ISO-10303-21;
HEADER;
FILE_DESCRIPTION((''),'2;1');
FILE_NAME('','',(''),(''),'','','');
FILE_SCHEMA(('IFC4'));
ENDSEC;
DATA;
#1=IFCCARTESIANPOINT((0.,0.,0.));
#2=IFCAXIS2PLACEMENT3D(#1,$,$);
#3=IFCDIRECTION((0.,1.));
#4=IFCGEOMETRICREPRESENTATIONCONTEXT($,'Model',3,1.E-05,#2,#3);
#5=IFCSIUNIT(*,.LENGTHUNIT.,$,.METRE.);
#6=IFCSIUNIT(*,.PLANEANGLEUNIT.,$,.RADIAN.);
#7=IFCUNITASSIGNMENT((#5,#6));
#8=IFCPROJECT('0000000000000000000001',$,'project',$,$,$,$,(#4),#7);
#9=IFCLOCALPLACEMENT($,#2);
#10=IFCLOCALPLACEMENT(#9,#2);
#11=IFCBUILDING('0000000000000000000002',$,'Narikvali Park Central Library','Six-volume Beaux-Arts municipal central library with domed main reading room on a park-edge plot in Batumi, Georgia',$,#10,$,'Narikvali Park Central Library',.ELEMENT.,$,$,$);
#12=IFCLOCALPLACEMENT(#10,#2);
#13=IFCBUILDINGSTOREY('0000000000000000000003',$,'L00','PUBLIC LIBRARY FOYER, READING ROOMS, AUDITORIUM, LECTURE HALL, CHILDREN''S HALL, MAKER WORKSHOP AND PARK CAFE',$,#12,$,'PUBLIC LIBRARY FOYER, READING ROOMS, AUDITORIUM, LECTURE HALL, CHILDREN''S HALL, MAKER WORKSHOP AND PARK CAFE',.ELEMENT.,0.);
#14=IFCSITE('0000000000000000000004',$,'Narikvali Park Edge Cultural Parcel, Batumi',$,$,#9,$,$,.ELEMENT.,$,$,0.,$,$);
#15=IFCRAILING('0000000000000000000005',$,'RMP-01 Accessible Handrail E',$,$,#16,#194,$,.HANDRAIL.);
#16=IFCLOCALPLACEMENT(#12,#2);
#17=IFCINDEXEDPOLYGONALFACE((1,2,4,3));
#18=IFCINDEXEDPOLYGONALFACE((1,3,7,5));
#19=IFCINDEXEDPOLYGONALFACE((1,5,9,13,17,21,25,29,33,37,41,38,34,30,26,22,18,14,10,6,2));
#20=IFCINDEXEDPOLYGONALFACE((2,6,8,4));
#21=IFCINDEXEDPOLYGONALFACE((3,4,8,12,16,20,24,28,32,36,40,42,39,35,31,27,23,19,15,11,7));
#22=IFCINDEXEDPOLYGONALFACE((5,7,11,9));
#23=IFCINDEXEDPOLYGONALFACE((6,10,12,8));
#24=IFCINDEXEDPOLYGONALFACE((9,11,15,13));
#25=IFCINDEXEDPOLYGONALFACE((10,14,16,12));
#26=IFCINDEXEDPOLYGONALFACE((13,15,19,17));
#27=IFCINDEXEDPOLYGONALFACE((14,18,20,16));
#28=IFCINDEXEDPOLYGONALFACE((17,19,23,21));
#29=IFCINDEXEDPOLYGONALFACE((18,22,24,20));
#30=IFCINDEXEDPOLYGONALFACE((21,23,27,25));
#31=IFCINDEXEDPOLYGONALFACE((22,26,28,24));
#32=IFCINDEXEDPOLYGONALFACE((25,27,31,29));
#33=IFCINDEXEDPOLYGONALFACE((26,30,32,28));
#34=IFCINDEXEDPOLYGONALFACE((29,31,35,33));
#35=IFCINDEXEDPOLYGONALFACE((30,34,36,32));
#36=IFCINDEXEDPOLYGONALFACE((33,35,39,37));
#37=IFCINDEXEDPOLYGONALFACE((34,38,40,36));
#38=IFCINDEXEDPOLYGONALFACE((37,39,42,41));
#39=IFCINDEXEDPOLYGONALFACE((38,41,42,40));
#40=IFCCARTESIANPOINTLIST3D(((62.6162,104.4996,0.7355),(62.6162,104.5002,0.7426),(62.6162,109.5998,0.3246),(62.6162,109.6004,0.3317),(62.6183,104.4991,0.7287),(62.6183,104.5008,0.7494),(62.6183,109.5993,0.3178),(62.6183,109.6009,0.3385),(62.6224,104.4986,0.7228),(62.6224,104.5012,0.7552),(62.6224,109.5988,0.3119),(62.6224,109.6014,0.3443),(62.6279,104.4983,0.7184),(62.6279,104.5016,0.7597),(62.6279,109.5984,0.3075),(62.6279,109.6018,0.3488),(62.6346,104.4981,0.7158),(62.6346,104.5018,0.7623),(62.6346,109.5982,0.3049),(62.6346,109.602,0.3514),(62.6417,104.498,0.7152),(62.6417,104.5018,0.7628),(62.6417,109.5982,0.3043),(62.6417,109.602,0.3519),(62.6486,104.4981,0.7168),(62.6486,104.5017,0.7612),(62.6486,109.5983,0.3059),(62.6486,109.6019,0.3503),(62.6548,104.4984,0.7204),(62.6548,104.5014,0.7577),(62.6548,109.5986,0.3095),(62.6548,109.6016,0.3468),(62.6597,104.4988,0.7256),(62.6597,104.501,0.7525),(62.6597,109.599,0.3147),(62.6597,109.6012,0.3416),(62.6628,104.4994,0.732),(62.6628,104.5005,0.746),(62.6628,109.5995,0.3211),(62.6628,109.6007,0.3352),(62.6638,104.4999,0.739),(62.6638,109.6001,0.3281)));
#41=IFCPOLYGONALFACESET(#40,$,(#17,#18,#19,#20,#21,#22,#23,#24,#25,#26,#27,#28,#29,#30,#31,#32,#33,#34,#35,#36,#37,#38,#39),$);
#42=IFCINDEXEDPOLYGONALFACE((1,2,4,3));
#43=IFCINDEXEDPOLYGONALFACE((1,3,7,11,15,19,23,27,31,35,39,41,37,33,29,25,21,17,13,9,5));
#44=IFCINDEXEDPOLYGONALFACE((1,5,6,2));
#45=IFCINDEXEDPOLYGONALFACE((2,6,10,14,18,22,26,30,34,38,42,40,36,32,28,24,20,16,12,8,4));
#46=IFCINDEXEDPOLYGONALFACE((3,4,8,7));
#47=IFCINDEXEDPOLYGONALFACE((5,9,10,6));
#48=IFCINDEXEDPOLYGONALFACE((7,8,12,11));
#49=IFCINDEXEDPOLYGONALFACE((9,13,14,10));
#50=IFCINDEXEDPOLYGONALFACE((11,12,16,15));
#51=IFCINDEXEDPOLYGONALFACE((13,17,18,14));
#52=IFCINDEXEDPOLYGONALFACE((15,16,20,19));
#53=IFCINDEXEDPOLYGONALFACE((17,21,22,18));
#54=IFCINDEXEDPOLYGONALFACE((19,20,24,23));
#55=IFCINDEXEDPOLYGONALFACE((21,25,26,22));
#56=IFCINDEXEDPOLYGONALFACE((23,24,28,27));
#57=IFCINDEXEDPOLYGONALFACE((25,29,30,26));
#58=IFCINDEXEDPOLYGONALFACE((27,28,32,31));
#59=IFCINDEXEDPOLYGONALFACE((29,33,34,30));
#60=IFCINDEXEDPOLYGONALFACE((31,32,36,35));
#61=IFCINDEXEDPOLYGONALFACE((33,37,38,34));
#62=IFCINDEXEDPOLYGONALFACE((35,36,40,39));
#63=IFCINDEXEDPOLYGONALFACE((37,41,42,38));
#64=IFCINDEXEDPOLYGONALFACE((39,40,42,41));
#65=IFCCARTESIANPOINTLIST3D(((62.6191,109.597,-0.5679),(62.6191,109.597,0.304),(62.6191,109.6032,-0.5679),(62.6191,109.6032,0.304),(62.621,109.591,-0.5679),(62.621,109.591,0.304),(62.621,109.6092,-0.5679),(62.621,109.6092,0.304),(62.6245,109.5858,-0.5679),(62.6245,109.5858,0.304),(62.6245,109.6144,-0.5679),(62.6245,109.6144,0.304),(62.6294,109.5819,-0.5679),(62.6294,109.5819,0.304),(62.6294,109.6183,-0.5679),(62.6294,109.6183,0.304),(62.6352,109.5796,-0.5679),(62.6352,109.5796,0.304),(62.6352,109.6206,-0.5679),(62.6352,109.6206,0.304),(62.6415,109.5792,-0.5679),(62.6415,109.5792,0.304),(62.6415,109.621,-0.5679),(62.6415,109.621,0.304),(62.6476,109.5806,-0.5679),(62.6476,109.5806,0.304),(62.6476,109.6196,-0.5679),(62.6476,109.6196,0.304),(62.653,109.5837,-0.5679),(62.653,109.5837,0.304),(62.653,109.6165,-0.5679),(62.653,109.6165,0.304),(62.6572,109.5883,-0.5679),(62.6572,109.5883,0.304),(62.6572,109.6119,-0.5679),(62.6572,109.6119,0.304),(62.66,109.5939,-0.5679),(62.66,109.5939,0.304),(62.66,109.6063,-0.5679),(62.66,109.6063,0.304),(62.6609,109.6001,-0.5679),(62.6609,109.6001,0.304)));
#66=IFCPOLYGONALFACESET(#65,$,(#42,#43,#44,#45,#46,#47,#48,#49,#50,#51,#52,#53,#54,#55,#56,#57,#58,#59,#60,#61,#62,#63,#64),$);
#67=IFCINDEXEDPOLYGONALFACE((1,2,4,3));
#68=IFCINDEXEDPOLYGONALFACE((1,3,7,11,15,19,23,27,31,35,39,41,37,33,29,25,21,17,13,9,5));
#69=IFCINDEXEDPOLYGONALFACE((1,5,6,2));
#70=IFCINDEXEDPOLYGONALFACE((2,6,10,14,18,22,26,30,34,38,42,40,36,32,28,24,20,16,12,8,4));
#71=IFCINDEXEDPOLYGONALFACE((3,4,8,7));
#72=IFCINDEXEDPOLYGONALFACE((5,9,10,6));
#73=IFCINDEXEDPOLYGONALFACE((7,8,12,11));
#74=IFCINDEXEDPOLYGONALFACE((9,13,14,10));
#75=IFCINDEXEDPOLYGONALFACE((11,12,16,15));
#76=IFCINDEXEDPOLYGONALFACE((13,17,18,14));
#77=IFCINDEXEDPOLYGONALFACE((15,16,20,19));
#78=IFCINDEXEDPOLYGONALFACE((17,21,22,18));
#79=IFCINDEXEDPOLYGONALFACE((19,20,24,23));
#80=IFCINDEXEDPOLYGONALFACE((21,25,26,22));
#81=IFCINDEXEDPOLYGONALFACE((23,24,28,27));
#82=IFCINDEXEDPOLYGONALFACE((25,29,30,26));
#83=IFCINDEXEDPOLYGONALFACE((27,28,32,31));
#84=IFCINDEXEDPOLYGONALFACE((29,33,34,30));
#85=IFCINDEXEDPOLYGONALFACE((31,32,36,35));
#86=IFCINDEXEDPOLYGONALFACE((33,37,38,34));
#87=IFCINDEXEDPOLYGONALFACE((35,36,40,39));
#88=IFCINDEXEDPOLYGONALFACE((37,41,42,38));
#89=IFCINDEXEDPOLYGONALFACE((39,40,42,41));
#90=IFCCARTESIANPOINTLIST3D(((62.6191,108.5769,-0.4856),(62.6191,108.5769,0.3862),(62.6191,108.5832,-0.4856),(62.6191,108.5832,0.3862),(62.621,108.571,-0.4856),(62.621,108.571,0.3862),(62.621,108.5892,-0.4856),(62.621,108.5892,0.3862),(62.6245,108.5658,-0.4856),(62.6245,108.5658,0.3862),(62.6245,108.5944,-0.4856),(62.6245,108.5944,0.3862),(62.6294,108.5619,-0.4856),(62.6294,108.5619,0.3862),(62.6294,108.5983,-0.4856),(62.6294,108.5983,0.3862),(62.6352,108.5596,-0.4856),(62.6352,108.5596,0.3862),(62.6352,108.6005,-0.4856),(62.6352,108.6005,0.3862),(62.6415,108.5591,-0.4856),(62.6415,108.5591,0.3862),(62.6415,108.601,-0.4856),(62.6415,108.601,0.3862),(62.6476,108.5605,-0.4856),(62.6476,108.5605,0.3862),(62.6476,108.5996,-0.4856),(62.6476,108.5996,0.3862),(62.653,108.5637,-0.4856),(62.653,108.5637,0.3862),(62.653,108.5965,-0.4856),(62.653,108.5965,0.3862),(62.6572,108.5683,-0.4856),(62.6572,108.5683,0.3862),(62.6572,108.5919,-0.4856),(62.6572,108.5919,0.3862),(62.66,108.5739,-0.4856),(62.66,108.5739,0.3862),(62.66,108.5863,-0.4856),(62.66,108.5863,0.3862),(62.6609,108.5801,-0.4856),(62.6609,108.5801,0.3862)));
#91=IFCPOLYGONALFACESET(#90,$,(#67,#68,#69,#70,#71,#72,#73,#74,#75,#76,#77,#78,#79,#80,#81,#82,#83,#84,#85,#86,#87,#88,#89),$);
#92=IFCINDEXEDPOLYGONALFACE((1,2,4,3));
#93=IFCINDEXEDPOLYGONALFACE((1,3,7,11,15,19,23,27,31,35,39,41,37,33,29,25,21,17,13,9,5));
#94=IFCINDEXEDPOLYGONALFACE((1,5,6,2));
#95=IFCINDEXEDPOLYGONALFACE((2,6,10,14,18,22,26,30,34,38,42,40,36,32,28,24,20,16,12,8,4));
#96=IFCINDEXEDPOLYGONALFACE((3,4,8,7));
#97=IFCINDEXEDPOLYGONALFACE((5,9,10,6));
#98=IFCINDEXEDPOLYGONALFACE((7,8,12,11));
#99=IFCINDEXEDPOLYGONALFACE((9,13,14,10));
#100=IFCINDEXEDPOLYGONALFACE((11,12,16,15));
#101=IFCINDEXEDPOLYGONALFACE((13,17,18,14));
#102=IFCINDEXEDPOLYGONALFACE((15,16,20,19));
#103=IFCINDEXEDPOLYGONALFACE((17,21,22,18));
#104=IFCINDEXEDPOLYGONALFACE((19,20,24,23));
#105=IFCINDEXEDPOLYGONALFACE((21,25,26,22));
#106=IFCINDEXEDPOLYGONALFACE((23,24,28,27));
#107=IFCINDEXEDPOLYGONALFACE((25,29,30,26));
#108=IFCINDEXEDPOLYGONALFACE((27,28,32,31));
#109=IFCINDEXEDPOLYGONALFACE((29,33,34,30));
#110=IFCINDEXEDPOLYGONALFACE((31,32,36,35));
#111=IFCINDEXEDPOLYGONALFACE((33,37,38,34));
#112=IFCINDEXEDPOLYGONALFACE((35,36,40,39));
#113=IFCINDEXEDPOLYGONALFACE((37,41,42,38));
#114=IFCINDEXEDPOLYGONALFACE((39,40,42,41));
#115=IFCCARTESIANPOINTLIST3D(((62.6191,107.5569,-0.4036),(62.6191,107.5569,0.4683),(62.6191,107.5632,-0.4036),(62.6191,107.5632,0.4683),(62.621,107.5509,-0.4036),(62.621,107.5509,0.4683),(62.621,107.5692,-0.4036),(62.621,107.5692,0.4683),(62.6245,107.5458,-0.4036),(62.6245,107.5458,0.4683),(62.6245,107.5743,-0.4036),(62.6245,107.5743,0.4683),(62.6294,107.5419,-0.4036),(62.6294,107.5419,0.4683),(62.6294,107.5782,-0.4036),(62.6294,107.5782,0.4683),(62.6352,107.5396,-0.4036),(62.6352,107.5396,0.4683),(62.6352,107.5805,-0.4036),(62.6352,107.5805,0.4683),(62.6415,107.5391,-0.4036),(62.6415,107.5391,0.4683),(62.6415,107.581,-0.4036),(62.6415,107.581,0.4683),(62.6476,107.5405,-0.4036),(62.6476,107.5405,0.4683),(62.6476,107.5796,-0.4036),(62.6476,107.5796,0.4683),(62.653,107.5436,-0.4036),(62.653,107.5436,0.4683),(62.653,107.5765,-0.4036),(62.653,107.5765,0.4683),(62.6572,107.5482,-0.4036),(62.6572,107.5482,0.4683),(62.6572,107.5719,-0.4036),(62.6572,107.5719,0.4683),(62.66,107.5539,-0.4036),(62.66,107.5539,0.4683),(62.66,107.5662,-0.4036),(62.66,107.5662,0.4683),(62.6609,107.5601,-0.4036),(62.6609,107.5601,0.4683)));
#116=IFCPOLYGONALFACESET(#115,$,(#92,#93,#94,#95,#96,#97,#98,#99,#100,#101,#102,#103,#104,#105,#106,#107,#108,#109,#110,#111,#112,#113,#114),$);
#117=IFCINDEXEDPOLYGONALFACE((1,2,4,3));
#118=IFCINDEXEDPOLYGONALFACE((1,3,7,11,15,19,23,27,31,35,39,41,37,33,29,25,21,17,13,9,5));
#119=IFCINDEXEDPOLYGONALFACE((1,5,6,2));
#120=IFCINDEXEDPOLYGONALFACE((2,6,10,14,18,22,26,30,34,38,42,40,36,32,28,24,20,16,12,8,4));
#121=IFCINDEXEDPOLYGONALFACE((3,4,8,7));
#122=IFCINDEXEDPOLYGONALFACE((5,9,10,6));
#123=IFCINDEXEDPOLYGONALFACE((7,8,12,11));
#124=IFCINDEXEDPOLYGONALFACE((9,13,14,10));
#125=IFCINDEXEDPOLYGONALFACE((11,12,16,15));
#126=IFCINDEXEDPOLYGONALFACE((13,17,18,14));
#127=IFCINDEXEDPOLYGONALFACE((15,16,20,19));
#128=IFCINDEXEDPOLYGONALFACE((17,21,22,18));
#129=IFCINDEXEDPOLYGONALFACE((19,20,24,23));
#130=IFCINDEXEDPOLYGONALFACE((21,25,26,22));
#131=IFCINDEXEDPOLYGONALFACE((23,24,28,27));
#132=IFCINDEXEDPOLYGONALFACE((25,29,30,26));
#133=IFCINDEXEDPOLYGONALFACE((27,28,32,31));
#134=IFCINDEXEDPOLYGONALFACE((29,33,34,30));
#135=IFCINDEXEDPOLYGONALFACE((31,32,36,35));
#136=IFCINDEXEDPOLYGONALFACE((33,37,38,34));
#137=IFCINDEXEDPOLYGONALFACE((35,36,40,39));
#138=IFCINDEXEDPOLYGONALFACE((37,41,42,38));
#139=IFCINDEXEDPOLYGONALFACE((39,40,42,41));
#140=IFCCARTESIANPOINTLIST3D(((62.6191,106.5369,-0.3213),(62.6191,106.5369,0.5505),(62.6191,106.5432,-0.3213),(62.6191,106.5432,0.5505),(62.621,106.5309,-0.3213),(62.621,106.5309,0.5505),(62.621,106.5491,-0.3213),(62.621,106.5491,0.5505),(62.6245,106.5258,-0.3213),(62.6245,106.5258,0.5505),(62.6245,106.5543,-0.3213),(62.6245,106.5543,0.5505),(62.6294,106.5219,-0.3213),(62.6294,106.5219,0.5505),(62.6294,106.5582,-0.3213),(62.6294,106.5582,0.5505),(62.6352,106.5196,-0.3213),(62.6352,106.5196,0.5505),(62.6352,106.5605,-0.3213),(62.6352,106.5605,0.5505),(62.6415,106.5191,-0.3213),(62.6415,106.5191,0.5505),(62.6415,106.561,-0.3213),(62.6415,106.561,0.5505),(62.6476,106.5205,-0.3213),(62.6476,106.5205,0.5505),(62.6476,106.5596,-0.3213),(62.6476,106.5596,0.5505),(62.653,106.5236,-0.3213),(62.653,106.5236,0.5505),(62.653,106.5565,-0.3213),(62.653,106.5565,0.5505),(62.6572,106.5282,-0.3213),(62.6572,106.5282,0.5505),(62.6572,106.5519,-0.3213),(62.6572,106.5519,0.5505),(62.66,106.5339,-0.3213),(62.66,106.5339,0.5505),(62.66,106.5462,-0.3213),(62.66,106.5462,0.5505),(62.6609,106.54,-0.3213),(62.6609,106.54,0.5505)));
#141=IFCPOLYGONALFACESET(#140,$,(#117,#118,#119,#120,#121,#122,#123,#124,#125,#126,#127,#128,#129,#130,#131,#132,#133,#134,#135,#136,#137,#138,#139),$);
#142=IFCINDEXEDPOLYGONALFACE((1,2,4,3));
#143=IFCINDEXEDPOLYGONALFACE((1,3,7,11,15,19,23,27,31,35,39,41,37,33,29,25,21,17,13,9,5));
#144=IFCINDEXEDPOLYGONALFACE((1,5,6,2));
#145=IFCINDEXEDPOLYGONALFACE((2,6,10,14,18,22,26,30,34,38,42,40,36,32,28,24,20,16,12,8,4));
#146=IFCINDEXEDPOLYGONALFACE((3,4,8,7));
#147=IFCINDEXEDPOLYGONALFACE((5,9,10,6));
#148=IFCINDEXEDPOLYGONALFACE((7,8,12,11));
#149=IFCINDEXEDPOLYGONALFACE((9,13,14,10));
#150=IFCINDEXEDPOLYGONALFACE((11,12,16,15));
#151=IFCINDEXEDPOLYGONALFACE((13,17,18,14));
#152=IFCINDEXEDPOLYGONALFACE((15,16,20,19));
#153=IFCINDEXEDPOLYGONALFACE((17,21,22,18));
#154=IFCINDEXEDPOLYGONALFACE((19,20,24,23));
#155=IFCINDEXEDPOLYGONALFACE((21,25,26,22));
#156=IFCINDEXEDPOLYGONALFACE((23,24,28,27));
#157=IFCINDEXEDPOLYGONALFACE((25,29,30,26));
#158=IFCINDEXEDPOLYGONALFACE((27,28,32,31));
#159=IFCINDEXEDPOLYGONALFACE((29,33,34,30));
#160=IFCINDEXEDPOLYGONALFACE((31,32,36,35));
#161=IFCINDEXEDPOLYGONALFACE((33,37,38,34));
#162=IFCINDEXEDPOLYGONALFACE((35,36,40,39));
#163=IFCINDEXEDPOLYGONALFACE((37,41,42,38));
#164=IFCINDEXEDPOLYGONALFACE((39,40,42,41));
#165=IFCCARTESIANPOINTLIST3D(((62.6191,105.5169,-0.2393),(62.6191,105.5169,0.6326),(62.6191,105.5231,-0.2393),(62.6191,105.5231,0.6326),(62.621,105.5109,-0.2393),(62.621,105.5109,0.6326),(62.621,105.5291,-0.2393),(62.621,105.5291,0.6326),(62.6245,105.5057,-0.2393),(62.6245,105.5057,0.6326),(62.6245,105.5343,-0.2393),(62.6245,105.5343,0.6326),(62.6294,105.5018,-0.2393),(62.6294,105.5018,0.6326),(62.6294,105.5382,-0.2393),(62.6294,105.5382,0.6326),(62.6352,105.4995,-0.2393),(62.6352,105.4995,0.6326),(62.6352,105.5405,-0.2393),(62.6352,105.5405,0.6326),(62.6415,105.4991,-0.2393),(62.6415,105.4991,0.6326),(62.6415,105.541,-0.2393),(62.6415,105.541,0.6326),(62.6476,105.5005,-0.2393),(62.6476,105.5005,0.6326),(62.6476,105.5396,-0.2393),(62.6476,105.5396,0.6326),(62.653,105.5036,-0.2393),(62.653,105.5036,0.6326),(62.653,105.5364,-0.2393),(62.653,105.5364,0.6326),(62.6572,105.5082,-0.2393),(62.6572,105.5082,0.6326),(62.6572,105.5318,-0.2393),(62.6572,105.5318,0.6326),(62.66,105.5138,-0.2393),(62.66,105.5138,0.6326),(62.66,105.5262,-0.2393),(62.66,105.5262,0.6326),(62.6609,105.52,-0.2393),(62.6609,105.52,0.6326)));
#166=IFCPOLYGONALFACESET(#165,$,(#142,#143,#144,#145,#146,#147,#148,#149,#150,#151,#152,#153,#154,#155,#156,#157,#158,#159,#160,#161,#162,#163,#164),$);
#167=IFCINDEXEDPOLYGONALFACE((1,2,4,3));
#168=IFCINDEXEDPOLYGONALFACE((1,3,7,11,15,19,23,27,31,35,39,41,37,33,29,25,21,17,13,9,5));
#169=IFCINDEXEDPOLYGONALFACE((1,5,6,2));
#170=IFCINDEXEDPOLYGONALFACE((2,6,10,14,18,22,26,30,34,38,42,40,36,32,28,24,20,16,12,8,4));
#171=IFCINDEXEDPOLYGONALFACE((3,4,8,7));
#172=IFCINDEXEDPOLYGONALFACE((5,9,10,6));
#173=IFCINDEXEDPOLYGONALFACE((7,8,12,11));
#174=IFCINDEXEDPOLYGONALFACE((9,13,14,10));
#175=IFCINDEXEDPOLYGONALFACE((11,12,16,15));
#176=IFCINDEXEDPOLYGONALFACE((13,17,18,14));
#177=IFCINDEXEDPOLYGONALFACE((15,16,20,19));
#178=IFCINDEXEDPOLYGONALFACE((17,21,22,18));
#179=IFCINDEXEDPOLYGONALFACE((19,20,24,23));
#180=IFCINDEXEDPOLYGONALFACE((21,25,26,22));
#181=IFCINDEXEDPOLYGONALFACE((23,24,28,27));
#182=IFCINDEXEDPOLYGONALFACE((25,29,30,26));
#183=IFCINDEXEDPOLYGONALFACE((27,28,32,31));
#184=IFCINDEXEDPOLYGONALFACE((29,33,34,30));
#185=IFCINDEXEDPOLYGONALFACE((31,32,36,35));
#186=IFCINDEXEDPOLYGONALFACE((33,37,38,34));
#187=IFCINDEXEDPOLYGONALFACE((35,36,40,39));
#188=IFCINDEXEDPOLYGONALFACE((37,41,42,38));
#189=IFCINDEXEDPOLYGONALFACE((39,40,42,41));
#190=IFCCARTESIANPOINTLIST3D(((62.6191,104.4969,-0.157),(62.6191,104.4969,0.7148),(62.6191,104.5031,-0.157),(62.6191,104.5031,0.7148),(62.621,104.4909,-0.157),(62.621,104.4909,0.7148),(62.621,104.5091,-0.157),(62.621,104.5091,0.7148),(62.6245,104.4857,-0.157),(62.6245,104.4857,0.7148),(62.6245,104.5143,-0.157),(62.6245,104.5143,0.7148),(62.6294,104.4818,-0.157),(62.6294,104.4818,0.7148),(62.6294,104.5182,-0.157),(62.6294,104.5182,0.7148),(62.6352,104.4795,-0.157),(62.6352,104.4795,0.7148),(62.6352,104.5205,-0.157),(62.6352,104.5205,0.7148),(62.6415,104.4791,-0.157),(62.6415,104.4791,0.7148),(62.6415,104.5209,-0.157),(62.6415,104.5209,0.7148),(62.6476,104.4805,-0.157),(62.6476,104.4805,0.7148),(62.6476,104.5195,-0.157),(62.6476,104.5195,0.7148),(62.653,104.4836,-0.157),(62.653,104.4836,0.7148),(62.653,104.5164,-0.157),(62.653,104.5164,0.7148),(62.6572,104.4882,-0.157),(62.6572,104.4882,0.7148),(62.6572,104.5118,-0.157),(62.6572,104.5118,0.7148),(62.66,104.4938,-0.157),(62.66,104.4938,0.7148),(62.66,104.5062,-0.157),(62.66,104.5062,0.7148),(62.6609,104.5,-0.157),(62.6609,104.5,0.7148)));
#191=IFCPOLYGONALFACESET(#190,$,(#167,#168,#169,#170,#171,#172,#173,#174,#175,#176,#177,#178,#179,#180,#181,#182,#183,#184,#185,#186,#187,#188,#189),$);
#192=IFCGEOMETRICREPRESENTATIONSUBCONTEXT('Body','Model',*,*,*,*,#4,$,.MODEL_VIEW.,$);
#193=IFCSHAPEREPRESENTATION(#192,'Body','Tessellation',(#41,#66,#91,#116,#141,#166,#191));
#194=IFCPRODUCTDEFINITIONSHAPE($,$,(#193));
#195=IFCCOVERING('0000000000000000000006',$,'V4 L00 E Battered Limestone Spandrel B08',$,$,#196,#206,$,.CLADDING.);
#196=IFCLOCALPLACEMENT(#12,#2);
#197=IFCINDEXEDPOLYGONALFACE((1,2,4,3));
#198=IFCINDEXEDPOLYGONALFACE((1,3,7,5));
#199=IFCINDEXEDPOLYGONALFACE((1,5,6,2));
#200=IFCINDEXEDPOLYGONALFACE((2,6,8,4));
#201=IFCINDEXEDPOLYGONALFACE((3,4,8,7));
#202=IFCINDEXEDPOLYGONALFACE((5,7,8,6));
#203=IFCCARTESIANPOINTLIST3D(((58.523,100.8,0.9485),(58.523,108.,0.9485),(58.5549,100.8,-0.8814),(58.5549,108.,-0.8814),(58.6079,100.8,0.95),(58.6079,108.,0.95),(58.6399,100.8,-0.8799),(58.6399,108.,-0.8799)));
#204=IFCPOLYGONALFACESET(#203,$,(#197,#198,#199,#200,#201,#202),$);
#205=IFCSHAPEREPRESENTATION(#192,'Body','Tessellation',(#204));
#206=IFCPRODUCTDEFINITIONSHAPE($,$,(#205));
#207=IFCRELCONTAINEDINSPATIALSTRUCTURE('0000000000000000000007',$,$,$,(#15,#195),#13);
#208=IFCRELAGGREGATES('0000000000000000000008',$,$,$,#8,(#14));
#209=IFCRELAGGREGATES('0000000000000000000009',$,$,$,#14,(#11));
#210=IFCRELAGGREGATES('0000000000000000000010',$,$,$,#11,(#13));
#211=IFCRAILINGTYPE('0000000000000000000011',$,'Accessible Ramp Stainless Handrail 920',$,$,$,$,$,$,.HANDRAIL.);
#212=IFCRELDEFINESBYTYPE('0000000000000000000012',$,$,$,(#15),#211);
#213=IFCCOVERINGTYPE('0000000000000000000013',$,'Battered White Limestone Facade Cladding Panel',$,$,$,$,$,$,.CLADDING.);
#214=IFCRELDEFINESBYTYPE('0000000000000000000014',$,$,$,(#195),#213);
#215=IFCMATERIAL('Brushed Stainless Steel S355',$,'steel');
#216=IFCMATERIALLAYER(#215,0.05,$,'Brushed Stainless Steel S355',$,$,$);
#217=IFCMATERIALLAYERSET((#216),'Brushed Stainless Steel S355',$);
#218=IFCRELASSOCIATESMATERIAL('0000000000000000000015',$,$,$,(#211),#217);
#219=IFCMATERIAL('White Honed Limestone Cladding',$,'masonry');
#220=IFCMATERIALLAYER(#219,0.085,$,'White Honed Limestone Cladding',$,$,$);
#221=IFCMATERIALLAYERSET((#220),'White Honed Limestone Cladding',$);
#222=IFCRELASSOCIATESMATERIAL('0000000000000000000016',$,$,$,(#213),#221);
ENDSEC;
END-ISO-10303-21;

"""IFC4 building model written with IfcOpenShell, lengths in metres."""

from ifc_helpers import new_model, si_unit, direction, frame, origin, origin_2d, place, context, subcontext, project, spatial, polyline, circle, outline, extrude, material, layer, layer_set, type_object, element, save


model = new_model("IFC4")

# Units and contexts
model_context = context("Model", 3, precision=1e-05, world=origin(), true_north=direction((0.0, 1.0)))
body_context = subcontext(model_context, "Body", "Model", "MODEL_VIEW")
ifc_project = project(units=[si_unit("LENGTHUNIT", "METRE"), si_unit("PLANEANGLEUNIT", "RADIAN")], contexts=[model_context])

# Site, building, storey
site_placement = place(None, origin())
site = spatial("IfcSite", under=ifc_project, at=site_placement, Name="Narikvali Park Edge Cultural Parcel, Batumi", CompositionType="ELEMENT", RefElevation=0.0)
building_placement = place(site_placement, origin())
building = spatial("IfcBuilding", under=site, at=building_placement, Name="Narikvali Park Central Library", Description="Six-volume Beaux-Arts municipal central library with domed main reading room on a park-edge plot in Batumi, Georgia", LongName="Narikvali Park Central Library", CompositionType="ELEMENT")
storey_placement = place(building_placement, origin())
storey = spatial("IfcBuildingStorey", under=building, at=storey_placement, Name="L00", Description="PUBLIC LIBRARY FOYER, READING ROOMS, AUDITORIUM, LECTURE HALL, CHILDREN'S HALL, MAKER WORKSHOP AND PARK CAFE", LongName="PUBLIC LIBRARY FOYER, READING ROOMS, AUDITORIUM, LECTURE HALL, CHILDREN'S HALL, MAKER WORKSHOP AND PARK CAFE", CompositionType="ELEMENT", Elevation=0.0)

# Railing
ifc_material_1 = material(Name="Brushed Stainless Steel S355", Category="steel")
ifc_layer_1 = layer(ifc_material_1, 0.05, Name="Brushed Stainless Steel S355")
ifc_layer_set_1 = layer_set([ifc_layer_1], Name="Brushed Stainless Steel S355")
railing_type = type_object("IfcRailingType", Name="Accessible Ramp Stainless Handrail 920", PredefinedType="HANDRAIL", material=ifc_layer_set_1)
for number, where, name in (
    (1, (62.6399, 109.6001, -0.5679), "RMP-01 Accessible Handrail E"),
):
    element("IfcRailing", number, at=place(storey_placement, frame(where)), inside=storey, type_object=railing_type, Name=name, PredefinedType="HANDRAIL", context=body_context, shape_type="SweptSolid", body=[
        extrude(circle(Radius=0.0239, at=origin_2d()), frame((0.0, 0.0, 0.896), z_axis=(0.0, -0.99677, 0.080305), x_axis=(1.0, 0.0, 0.0)), (0.0, 0.0, 1.0), 5.1167),
        extrude(circle(Radius=0.021, at=origin_2d()), origin(), (0.0, 0.0, 1.0), 0.8718),
        extrude(circle(Radius=0.021, at=origin_2d()), frame((0.0, -1.02, 0.0823)), (0.0, 0.0, 1.0), 0.8718),
        extrude(circle(Radius=0.021, at=origin_2d()), frame((0.0, -2.04, 0.1643)), (0.0, 0.0, 1.0), 0.8718),
        extrude(circle(Radius=0.021, at=origin_2d()), frame((0.0, -3.0601, 0.2466)), (0.0, 0.0, 1.0), 0.8718),
        extrude(circle(Radius=0.021, at=origin_2d()), frame((0.0, -4.0801, 0.3286)), (0.0, 0.0, 1.0), 0.8718),
        extrude(circle(Radius=0.021, at=origin_2d()), frame((0.0, -5.1001, 0.4109)), (0.0, 0.0, 1.0), 0.8718),
    ])

# Covering
ifc_material_2 = material(Name="White Honed Limestone Cladding", Category="masonry")
ifc_layer_2 = layer(ifc_material_2, 0.085, Name="White Honed Limestone Cladding")
ifc_layer_set_2 = layer_set([ifc_layer_2], Name="White Honed Limestone Cladding")
covering_type = type_object("IfcCoveringType", Name="Battered White Limestone Facade Cladding Panel", PredefinedType="CLADDING", material=ifc_layer_set_2)
covering_1_placement = place(storey_placement, frame((58.6399, 100.8, -0.8799), z_axis=(0.999847, 0.0, 0.017476), x_axis=(0.0, 1.0, 0.0)))
element("IfcCovering", 2, at=covering_1_placement, inside=storey, type_object=covering_type, Name="V4 L00 E Battered Limestone Spandrel B08", PredefinedType="CLADDING", context=body_context, shape_type="SweptSolid", body=[
    extrude(outline(polyline([(0.0, 0.0), (7.2, 0.0), (7.2, 1.8301), (0.0, 1.8301), (0.0, 0.0)])), origin(), (0.0, 0.0, -1.0), 0.085),
])

save(model, "model.ifc")
